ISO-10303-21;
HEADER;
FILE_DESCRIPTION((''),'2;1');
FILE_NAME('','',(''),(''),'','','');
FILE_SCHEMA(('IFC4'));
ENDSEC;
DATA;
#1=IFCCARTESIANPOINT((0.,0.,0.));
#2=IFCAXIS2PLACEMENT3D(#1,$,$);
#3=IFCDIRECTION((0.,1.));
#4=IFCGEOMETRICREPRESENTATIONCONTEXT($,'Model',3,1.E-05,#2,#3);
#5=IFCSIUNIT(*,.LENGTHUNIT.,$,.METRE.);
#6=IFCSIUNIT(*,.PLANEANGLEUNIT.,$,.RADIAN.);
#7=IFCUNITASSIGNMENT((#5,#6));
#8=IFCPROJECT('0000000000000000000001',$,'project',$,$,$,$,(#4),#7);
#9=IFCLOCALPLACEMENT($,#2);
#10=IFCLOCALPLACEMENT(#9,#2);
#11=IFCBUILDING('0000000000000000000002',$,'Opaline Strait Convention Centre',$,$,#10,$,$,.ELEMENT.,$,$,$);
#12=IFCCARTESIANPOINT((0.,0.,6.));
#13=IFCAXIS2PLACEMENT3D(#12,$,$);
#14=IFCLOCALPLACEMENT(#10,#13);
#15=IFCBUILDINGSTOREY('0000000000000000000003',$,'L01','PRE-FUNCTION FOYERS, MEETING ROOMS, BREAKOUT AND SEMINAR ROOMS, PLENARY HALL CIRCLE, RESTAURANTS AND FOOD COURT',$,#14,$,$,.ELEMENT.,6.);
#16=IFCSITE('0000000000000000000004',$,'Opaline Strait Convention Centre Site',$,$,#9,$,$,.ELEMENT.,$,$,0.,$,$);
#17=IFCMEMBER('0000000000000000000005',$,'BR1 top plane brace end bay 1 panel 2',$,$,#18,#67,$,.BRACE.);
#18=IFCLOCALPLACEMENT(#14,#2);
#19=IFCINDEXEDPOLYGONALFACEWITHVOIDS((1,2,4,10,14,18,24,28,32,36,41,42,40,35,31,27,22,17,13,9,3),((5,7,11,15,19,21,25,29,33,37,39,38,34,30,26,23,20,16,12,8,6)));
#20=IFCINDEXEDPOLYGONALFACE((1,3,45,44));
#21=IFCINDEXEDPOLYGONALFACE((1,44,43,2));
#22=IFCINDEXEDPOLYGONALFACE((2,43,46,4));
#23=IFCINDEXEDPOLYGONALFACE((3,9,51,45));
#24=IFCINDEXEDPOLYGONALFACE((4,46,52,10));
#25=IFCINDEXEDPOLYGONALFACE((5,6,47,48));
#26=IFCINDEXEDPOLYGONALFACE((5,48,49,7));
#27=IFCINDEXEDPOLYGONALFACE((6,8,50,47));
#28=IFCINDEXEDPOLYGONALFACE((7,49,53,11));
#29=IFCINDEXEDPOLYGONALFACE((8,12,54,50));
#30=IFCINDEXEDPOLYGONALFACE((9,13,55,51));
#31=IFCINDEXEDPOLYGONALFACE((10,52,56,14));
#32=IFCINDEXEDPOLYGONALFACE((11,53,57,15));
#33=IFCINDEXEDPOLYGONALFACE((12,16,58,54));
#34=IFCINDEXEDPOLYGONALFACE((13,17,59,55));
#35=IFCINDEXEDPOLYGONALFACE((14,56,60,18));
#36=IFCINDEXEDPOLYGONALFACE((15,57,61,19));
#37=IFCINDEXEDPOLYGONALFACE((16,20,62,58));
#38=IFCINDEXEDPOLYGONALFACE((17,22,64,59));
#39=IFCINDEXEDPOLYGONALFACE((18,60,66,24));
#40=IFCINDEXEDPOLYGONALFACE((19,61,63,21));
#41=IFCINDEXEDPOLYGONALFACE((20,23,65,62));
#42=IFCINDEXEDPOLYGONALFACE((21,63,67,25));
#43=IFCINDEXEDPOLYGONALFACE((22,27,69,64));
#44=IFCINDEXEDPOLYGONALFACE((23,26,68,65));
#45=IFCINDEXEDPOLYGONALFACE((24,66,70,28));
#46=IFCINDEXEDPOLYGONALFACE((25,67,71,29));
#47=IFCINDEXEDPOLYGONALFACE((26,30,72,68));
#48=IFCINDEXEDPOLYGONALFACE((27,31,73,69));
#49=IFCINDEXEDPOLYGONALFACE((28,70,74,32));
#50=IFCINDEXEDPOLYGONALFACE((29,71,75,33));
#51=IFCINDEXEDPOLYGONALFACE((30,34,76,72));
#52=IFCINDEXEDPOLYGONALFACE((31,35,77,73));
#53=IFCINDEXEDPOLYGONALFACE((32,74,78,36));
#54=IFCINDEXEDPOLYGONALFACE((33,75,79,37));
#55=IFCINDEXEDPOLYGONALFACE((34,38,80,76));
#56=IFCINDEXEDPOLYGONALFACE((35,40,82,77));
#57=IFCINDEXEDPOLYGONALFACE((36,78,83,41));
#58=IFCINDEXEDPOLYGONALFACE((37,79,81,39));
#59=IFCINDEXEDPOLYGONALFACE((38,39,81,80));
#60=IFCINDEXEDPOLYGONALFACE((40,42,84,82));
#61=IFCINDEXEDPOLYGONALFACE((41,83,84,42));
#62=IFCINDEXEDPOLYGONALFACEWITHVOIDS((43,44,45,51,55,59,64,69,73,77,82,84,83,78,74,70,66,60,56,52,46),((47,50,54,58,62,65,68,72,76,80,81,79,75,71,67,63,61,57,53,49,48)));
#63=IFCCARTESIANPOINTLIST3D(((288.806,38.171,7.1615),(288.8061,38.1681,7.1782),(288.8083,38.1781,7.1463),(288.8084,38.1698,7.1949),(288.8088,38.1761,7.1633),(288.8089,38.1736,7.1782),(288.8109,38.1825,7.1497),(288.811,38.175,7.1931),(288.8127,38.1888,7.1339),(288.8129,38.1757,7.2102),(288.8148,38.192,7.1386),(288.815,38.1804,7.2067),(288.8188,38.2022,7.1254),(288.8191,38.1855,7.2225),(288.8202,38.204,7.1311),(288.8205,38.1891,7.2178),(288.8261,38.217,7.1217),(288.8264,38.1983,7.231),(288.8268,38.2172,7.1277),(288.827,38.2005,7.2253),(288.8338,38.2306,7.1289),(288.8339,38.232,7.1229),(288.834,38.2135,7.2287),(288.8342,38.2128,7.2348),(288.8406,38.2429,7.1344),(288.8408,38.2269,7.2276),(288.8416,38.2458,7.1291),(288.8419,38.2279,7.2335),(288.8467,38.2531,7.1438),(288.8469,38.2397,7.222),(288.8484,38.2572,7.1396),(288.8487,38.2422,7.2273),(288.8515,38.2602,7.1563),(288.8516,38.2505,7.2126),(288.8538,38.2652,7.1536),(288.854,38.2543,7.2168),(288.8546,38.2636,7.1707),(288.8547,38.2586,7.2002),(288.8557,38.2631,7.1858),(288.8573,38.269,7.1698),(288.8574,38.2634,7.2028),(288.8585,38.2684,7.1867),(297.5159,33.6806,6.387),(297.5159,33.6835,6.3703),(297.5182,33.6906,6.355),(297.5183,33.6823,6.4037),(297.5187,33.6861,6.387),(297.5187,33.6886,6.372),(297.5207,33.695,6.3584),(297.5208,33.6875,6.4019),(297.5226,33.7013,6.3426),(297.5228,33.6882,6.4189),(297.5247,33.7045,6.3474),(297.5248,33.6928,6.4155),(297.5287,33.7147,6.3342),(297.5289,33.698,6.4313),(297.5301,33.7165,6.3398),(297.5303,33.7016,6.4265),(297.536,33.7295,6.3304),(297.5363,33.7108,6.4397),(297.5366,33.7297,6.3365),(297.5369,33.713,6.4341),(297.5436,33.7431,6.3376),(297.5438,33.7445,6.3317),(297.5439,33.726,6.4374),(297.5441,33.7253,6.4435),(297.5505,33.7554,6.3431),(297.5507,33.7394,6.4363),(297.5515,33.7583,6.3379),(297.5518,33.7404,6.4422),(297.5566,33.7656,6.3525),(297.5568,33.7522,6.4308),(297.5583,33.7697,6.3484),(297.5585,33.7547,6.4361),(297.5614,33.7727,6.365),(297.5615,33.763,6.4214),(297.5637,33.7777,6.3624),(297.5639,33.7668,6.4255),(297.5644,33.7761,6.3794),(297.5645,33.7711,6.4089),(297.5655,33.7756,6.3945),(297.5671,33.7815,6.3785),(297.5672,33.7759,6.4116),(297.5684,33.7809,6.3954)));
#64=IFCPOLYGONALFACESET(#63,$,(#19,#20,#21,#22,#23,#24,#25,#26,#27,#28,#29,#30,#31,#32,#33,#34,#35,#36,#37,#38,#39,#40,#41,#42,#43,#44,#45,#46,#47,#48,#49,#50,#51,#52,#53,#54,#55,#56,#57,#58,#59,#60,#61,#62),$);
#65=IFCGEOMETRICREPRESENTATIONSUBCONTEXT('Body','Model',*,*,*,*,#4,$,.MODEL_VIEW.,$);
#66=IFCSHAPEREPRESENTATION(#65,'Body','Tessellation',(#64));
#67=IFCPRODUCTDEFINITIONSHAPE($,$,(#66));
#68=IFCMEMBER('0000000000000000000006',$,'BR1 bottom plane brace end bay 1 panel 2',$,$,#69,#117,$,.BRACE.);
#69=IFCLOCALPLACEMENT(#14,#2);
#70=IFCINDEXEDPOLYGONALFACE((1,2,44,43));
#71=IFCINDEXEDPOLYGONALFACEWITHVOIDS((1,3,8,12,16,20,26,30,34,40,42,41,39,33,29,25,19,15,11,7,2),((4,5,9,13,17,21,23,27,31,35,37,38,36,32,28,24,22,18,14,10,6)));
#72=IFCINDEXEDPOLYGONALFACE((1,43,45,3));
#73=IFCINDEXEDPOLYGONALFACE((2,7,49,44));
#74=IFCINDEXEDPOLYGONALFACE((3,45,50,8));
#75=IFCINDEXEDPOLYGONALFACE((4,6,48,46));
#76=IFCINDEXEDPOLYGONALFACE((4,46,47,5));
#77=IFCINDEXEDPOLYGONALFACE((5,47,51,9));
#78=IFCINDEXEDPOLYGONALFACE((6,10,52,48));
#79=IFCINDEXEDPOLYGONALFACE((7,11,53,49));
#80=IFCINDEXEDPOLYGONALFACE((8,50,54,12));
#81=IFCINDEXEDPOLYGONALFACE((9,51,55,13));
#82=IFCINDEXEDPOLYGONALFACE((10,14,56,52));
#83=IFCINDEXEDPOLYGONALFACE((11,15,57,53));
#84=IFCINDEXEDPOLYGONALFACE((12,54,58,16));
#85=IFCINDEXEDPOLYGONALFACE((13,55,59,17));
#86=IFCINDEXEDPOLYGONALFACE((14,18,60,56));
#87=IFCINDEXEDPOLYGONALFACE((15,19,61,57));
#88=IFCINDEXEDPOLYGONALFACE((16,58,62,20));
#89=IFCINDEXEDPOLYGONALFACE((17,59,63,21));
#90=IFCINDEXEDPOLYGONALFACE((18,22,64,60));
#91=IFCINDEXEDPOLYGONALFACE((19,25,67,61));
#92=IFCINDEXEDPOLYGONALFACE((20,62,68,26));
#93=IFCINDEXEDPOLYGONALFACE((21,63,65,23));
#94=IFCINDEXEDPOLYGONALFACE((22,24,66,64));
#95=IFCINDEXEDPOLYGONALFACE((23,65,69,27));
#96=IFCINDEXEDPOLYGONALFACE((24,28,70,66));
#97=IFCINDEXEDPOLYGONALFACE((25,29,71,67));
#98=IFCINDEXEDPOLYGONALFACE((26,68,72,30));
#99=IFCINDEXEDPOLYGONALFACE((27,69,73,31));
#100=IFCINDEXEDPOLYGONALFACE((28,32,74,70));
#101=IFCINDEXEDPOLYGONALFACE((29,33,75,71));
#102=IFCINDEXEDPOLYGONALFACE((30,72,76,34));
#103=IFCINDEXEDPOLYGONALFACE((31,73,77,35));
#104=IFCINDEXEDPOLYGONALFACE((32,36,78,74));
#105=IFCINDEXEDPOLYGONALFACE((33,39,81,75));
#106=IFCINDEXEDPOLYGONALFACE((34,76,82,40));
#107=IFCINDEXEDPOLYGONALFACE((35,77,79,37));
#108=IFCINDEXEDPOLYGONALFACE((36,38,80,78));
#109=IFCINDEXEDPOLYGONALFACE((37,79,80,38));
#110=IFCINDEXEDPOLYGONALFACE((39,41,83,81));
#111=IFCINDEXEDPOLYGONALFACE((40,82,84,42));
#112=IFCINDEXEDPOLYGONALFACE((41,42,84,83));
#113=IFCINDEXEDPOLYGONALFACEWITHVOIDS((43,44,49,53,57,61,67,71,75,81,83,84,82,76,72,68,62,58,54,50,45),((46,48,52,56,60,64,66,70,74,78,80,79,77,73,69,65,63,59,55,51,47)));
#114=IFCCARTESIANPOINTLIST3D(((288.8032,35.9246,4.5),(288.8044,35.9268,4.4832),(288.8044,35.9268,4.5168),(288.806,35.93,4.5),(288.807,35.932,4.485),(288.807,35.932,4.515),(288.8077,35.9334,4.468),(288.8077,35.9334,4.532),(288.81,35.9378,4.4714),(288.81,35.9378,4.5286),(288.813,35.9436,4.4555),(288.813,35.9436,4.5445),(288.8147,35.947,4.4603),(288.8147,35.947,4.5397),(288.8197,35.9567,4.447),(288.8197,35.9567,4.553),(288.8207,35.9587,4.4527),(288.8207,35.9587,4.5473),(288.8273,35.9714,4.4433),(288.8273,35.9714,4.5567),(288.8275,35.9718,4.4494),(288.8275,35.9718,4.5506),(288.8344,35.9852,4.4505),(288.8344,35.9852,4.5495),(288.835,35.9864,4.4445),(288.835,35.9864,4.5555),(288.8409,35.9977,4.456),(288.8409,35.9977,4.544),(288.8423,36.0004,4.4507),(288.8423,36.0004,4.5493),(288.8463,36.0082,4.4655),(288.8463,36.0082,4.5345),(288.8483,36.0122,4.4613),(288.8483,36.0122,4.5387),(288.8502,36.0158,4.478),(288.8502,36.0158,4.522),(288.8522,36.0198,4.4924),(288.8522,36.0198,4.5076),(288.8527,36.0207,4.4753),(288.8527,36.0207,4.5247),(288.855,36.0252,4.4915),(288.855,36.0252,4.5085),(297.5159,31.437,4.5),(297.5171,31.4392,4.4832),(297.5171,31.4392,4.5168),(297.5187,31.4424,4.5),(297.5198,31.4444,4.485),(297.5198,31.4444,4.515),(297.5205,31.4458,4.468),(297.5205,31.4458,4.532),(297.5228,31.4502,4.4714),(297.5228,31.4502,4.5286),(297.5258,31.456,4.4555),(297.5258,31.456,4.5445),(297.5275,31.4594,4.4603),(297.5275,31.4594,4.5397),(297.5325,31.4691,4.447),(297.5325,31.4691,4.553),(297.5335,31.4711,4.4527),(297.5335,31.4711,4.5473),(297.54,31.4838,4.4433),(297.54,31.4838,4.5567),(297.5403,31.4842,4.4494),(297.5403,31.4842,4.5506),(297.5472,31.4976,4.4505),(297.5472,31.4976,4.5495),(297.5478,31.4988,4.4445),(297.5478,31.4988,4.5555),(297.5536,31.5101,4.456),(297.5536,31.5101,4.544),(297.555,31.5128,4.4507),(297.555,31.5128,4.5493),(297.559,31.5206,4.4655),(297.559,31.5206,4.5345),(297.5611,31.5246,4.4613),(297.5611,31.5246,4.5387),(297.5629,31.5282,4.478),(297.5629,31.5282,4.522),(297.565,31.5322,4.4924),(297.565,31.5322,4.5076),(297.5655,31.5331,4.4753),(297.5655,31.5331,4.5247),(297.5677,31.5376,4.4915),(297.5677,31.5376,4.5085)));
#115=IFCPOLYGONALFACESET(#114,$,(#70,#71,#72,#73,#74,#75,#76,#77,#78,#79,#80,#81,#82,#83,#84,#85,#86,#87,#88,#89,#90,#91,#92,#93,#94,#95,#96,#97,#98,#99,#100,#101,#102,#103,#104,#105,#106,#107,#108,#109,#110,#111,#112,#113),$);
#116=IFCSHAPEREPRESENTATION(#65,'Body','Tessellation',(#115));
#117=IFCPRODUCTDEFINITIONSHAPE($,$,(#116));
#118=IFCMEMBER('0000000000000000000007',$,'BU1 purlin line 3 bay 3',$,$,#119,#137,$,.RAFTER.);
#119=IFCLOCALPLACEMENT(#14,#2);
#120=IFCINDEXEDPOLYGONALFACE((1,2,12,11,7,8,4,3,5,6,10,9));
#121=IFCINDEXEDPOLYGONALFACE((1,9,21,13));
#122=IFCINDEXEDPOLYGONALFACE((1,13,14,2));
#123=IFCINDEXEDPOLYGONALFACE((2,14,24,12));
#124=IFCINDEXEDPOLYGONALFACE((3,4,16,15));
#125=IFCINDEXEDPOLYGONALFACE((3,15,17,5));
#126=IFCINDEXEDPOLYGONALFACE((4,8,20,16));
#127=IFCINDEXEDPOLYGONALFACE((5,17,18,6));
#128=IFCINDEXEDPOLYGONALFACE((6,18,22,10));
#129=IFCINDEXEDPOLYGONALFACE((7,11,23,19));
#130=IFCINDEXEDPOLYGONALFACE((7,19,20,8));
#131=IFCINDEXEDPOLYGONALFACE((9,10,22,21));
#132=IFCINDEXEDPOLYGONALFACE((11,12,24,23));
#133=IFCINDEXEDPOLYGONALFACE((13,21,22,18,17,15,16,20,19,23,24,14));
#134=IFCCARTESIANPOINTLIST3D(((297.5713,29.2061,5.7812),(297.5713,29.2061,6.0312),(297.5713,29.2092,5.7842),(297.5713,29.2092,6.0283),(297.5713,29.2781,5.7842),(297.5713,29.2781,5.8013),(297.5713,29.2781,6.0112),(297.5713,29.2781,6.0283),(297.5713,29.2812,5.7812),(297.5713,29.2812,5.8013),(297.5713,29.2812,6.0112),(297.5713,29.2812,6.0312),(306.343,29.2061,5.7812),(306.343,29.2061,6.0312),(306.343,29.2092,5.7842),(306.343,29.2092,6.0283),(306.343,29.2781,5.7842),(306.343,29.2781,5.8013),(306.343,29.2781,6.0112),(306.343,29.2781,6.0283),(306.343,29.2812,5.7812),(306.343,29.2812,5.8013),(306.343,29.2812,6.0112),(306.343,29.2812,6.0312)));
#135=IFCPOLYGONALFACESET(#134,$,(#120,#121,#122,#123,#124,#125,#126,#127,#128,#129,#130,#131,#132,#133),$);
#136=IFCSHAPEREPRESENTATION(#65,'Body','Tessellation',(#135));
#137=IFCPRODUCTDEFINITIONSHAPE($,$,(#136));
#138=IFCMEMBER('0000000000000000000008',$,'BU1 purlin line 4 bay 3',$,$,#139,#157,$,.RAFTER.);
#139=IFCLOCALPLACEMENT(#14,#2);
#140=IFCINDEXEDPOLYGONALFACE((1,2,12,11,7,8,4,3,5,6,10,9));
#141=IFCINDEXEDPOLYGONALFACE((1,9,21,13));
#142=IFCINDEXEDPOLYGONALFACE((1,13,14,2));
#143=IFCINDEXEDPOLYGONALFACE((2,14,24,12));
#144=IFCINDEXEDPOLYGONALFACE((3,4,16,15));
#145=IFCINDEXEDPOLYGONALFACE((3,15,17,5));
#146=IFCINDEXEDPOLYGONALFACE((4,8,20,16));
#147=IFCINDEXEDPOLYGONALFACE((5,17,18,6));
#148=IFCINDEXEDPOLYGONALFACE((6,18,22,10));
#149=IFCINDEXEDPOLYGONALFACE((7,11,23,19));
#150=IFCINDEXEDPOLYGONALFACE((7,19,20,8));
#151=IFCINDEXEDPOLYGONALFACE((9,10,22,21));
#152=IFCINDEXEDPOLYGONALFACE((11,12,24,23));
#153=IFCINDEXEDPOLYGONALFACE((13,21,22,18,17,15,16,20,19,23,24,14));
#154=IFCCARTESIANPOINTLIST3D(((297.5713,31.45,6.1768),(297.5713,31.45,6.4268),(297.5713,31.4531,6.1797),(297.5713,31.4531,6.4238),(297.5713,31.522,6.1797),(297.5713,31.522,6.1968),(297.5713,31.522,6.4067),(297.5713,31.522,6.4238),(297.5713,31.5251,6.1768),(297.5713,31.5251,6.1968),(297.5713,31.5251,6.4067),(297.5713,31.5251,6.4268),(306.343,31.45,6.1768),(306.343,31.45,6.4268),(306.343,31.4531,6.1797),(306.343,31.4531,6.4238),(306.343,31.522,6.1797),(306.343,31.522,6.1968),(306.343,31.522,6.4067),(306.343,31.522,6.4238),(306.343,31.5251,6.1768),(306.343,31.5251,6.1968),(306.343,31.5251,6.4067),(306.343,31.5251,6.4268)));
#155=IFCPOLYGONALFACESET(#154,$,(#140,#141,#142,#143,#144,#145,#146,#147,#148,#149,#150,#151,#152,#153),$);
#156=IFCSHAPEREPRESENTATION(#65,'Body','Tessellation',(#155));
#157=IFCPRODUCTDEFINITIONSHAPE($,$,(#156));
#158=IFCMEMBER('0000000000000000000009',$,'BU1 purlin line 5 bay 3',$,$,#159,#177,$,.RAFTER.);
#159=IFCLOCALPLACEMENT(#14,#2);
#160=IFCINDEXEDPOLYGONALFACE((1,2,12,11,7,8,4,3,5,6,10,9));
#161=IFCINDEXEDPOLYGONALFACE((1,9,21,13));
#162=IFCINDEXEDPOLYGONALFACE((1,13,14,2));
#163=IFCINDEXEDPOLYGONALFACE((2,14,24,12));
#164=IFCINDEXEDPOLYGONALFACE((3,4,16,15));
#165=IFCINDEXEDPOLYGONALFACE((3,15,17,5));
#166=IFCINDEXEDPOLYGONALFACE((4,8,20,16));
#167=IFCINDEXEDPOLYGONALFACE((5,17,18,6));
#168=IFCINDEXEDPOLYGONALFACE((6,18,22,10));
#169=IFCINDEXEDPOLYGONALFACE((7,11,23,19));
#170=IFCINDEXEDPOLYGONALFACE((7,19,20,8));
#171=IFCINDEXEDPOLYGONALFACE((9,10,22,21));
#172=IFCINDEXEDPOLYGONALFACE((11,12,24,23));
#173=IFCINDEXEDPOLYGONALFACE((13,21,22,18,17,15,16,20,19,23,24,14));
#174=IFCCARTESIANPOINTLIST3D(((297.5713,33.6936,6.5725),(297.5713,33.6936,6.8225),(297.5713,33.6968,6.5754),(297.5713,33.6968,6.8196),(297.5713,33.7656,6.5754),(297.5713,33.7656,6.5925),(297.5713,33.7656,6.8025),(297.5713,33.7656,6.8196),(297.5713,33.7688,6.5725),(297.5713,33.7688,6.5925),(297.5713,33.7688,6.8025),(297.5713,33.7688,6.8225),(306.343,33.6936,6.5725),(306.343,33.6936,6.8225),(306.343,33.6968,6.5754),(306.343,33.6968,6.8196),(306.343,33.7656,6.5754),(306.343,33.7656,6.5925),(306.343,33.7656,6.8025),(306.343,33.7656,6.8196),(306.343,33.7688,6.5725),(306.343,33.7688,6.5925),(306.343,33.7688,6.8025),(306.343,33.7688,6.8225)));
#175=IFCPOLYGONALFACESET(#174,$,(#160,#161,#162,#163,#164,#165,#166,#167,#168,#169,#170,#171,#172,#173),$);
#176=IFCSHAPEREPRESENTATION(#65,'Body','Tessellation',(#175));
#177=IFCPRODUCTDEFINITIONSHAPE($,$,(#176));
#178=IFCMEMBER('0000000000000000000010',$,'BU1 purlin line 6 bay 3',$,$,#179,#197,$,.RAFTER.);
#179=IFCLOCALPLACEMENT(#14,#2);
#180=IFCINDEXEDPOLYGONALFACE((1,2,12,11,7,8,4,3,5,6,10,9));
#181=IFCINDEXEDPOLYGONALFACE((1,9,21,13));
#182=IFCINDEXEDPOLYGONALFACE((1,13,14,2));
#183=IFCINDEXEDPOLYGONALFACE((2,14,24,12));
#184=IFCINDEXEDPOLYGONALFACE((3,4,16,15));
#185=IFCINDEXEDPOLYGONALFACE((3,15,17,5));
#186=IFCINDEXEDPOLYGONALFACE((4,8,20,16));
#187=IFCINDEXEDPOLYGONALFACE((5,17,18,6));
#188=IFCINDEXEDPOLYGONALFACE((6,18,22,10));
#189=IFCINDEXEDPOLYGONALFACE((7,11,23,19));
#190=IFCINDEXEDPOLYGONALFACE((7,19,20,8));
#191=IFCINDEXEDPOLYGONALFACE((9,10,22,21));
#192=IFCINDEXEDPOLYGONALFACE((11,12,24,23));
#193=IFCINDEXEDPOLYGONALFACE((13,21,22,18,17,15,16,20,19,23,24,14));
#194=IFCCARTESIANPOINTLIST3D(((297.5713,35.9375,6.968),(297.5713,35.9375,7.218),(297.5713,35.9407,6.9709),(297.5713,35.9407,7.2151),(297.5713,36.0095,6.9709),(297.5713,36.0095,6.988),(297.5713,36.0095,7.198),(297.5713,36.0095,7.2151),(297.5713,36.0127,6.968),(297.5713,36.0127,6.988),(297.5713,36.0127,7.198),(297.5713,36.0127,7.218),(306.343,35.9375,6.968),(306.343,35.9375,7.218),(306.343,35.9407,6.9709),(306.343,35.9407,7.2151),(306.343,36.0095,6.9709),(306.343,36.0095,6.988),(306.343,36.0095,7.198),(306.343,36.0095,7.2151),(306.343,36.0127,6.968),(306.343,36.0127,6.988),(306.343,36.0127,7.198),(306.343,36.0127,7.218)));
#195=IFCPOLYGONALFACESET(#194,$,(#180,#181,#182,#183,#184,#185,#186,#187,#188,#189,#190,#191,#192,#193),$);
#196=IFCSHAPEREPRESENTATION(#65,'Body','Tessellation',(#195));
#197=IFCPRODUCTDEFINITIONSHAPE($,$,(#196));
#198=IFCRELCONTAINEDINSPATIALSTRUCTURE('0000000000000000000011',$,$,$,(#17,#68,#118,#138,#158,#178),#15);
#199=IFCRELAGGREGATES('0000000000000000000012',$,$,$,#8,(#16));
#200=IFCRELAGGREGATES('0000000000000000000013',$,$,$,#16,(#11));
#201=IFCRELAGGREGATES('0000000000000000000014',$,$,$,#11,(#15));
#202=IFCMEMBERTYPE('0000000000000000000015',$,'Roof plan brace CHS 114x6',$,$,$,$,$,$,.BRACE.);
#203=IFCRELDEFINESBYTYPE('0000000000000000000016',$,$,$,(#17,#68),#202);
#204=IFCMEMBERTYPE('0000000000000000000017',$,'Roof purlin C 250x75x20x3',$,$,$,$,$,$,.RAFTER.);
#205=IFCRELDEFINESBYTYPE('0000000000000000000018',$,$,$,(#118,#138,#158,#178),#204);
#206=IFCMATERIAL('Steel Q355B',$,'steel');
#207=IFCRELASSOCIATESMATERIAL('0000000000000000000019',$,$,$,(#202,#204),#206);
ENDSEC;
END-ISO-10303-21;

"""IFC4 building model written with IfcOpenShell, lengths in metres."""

from ifc_helpers import new_model, si_unit, direction, frame, origin, origin_2d, place, context, subcontext, project, spatial, polyline, hollow_circle, outline, extrude, material, material_profile, profile_set, type_object, element, save


model = new_model("IFC4")

# Units and contexts
model_context = context("Model", 3, precision=1e-05, world=origin(), true_north=direction((0.0, 1.0)))
body_context = subcontext(model_context, "Body", "Model", "MODEL_VIEW")
ifc_project = project(units=[si_unit("LENGTHUNIT", "METRE"), si_unit("PLANEANGLEUNIT", "RADIAN")], contexts=[model_context])

# Site, building, storey
site_placement = place(None, origin())
site = spatial("IfcSite", under=ifc_project, at=site_placement, Name="Opaline Strait Convention Centre Site", CompositionType="ELEMENT", RefElevation=0.0)
building_placement = place(site_placement, origin())
building = spatial("IfcBuilding", under=site, at=building_placement, Name="Opaline Strait Convention Centre", CompositionType="ELEMENT")
storey_placement = place(building_placement, frame((0.0, 0.0, 6.0)))
storey = spatial("IfcBuildingStorey", under=building, at=storey_placement, Name="L01", Description="PRE-FUNCTION FOYERS, MEETING ROOMS, BREAKOUT AND SEMINAR ROOMS, PLENARY HALL CIRCLE, RESTAURANTS AND FOOD COURT", CompositionType="ELEMENT", Elevation=6.0)

# Members
ifc_material_1 = material(Name="Steel Q355B", Category="steel")
ifc_material_profile_1 = material_profile(ifc_material_1, hollow_circle(Radius=0.0569, WallThickness=0.0061, at=origin_2d()), Name="CHS 114x6")
ifc_profile_set_1 = profile_set([ifc_material_profile_1], Name="Steel Q355B")
member_type_1 = type_object("IfcMemberType", Name="Roof plan brace CHS 114x6", PredefinedType="BRACE", material=ifc_profile_set_1)
member_1_placement = place(storey_placement, frame((297.542, 33.7312, 6.387), z_axis=(-0.886065, 0.456519, 0.080495), x_axis=(-0.458005, -0.88895, 0.0)))
element("IfcMember", 1, at=member_1_placement, inside=storey, type_object=member_type_1, Name="BR1 top plane brace end bay 1 panel 2", PredefinedType="BRACE", context=body_context, shape_type="SweptSolid", body=[
    extrude(hollow_circle(Radius=0.0569, WallThickness=0.0061, at=origin_2d()), origin(), (0.0, 0.0, 1.0), 9.8298),
])
member_2_placement = place(storey_placement, frame((297.542, 31.4875, 4.5), z_axis=(-0.889007, 0.457893, 0.0), x_axis=(-0.457893, -0.889007, 0.0)))
element("IfcMember", 2, at=member_2_placement, inside=storey, type_object=member_type_1, Name="BR1 bottom plane brace end bay 1 panel 2", PredefinedType="BRACE", context=body_context, shape_type="SweptSolid", body=[
    extrude(hollow_circle(Radius=0.0569, WallThickness=0.0061, at=origin_2d()), origin(), (0.0, 0.0, 1.0), 9.8005),
])
ifc_material_profile_2 = material_profile(ifc_material_1, outline(polyline([(-0.0376, -0.125), (0.0376, -0.125), (0.0376, -0.105), (0.0344, -0.105), (0.0344, -0.1221), (-0.0344, -0.1221), (-0.0344, 0.1221), (0.0344, 0.1221), (0.0344, 0.105), (0.0376, 0.105), (0.0376, 0.125), (-0.0376, 0.125), (-0.0376, -0.125)])), Name="C 250x75x20x3")
ifc_profile_set_2 = profile_set([ifc_material_profile_2], Name="Steel Q355B")
member_type_2 = type_object("IfcMemberType", Name="Roof purlin C 250x75x20x3", PredefinedType="RAFTER", material=ifc_profile_set_2)
for number, where, z_axis, x_axis, name in (
    (3, (297.5713, 29.2437, 5.9062), (1.0, 0.0, 0.0), (0.0, 1.0, 0.0), "BU1 purlin line 3 bay 3"),
    (4, (297.5713, 31.4875, 6.3018), (1.0, 0.0, 0.0), (0.0, 1.0, 0.0), "BU1 purlin line 4 bay 3"),
    (5, (297.5713, 33.7312, 6.6975), (1.0, 0.0, 0.0), (0.0, 1.0, 0.0), "BU1 purlin line 5 bay 3"),
    (6, (297.5713, 35.9751, 7.093), (1.0, 0.0, 0.0), (0.0, 1.0, 0.0), "BU1 purlin line 6 bay 3"),
):
    element("IfcMember", number, at=place(storey_placement, frame(where, z_axis=z_axis, x_axis=x_axis)), inside=storey, type_object=member_type_2, Name=name, PredefinedType="RAFTER", context=body_context, shape_type="SweptSolid", body=[
        extrude(outline(polyline([(-0.0376, -0.125), (0.0376, -0.125), (0.0376, -0.105), (0.0344, -0.105), (0.0344, -0.1221), (-0.0344, -0.1221), (-0.0344, 0.1221), (0.0344, 0.1221), (0.0344, 0.105), (0.0376, 0.105), (0.0376, 0.125), (-0.0376, 0.125), (-0.0376, -0.125)])), origin(), (0.0, 0.0, 1.0), 8.7717),
    ])

save(model, "model.ifc")
